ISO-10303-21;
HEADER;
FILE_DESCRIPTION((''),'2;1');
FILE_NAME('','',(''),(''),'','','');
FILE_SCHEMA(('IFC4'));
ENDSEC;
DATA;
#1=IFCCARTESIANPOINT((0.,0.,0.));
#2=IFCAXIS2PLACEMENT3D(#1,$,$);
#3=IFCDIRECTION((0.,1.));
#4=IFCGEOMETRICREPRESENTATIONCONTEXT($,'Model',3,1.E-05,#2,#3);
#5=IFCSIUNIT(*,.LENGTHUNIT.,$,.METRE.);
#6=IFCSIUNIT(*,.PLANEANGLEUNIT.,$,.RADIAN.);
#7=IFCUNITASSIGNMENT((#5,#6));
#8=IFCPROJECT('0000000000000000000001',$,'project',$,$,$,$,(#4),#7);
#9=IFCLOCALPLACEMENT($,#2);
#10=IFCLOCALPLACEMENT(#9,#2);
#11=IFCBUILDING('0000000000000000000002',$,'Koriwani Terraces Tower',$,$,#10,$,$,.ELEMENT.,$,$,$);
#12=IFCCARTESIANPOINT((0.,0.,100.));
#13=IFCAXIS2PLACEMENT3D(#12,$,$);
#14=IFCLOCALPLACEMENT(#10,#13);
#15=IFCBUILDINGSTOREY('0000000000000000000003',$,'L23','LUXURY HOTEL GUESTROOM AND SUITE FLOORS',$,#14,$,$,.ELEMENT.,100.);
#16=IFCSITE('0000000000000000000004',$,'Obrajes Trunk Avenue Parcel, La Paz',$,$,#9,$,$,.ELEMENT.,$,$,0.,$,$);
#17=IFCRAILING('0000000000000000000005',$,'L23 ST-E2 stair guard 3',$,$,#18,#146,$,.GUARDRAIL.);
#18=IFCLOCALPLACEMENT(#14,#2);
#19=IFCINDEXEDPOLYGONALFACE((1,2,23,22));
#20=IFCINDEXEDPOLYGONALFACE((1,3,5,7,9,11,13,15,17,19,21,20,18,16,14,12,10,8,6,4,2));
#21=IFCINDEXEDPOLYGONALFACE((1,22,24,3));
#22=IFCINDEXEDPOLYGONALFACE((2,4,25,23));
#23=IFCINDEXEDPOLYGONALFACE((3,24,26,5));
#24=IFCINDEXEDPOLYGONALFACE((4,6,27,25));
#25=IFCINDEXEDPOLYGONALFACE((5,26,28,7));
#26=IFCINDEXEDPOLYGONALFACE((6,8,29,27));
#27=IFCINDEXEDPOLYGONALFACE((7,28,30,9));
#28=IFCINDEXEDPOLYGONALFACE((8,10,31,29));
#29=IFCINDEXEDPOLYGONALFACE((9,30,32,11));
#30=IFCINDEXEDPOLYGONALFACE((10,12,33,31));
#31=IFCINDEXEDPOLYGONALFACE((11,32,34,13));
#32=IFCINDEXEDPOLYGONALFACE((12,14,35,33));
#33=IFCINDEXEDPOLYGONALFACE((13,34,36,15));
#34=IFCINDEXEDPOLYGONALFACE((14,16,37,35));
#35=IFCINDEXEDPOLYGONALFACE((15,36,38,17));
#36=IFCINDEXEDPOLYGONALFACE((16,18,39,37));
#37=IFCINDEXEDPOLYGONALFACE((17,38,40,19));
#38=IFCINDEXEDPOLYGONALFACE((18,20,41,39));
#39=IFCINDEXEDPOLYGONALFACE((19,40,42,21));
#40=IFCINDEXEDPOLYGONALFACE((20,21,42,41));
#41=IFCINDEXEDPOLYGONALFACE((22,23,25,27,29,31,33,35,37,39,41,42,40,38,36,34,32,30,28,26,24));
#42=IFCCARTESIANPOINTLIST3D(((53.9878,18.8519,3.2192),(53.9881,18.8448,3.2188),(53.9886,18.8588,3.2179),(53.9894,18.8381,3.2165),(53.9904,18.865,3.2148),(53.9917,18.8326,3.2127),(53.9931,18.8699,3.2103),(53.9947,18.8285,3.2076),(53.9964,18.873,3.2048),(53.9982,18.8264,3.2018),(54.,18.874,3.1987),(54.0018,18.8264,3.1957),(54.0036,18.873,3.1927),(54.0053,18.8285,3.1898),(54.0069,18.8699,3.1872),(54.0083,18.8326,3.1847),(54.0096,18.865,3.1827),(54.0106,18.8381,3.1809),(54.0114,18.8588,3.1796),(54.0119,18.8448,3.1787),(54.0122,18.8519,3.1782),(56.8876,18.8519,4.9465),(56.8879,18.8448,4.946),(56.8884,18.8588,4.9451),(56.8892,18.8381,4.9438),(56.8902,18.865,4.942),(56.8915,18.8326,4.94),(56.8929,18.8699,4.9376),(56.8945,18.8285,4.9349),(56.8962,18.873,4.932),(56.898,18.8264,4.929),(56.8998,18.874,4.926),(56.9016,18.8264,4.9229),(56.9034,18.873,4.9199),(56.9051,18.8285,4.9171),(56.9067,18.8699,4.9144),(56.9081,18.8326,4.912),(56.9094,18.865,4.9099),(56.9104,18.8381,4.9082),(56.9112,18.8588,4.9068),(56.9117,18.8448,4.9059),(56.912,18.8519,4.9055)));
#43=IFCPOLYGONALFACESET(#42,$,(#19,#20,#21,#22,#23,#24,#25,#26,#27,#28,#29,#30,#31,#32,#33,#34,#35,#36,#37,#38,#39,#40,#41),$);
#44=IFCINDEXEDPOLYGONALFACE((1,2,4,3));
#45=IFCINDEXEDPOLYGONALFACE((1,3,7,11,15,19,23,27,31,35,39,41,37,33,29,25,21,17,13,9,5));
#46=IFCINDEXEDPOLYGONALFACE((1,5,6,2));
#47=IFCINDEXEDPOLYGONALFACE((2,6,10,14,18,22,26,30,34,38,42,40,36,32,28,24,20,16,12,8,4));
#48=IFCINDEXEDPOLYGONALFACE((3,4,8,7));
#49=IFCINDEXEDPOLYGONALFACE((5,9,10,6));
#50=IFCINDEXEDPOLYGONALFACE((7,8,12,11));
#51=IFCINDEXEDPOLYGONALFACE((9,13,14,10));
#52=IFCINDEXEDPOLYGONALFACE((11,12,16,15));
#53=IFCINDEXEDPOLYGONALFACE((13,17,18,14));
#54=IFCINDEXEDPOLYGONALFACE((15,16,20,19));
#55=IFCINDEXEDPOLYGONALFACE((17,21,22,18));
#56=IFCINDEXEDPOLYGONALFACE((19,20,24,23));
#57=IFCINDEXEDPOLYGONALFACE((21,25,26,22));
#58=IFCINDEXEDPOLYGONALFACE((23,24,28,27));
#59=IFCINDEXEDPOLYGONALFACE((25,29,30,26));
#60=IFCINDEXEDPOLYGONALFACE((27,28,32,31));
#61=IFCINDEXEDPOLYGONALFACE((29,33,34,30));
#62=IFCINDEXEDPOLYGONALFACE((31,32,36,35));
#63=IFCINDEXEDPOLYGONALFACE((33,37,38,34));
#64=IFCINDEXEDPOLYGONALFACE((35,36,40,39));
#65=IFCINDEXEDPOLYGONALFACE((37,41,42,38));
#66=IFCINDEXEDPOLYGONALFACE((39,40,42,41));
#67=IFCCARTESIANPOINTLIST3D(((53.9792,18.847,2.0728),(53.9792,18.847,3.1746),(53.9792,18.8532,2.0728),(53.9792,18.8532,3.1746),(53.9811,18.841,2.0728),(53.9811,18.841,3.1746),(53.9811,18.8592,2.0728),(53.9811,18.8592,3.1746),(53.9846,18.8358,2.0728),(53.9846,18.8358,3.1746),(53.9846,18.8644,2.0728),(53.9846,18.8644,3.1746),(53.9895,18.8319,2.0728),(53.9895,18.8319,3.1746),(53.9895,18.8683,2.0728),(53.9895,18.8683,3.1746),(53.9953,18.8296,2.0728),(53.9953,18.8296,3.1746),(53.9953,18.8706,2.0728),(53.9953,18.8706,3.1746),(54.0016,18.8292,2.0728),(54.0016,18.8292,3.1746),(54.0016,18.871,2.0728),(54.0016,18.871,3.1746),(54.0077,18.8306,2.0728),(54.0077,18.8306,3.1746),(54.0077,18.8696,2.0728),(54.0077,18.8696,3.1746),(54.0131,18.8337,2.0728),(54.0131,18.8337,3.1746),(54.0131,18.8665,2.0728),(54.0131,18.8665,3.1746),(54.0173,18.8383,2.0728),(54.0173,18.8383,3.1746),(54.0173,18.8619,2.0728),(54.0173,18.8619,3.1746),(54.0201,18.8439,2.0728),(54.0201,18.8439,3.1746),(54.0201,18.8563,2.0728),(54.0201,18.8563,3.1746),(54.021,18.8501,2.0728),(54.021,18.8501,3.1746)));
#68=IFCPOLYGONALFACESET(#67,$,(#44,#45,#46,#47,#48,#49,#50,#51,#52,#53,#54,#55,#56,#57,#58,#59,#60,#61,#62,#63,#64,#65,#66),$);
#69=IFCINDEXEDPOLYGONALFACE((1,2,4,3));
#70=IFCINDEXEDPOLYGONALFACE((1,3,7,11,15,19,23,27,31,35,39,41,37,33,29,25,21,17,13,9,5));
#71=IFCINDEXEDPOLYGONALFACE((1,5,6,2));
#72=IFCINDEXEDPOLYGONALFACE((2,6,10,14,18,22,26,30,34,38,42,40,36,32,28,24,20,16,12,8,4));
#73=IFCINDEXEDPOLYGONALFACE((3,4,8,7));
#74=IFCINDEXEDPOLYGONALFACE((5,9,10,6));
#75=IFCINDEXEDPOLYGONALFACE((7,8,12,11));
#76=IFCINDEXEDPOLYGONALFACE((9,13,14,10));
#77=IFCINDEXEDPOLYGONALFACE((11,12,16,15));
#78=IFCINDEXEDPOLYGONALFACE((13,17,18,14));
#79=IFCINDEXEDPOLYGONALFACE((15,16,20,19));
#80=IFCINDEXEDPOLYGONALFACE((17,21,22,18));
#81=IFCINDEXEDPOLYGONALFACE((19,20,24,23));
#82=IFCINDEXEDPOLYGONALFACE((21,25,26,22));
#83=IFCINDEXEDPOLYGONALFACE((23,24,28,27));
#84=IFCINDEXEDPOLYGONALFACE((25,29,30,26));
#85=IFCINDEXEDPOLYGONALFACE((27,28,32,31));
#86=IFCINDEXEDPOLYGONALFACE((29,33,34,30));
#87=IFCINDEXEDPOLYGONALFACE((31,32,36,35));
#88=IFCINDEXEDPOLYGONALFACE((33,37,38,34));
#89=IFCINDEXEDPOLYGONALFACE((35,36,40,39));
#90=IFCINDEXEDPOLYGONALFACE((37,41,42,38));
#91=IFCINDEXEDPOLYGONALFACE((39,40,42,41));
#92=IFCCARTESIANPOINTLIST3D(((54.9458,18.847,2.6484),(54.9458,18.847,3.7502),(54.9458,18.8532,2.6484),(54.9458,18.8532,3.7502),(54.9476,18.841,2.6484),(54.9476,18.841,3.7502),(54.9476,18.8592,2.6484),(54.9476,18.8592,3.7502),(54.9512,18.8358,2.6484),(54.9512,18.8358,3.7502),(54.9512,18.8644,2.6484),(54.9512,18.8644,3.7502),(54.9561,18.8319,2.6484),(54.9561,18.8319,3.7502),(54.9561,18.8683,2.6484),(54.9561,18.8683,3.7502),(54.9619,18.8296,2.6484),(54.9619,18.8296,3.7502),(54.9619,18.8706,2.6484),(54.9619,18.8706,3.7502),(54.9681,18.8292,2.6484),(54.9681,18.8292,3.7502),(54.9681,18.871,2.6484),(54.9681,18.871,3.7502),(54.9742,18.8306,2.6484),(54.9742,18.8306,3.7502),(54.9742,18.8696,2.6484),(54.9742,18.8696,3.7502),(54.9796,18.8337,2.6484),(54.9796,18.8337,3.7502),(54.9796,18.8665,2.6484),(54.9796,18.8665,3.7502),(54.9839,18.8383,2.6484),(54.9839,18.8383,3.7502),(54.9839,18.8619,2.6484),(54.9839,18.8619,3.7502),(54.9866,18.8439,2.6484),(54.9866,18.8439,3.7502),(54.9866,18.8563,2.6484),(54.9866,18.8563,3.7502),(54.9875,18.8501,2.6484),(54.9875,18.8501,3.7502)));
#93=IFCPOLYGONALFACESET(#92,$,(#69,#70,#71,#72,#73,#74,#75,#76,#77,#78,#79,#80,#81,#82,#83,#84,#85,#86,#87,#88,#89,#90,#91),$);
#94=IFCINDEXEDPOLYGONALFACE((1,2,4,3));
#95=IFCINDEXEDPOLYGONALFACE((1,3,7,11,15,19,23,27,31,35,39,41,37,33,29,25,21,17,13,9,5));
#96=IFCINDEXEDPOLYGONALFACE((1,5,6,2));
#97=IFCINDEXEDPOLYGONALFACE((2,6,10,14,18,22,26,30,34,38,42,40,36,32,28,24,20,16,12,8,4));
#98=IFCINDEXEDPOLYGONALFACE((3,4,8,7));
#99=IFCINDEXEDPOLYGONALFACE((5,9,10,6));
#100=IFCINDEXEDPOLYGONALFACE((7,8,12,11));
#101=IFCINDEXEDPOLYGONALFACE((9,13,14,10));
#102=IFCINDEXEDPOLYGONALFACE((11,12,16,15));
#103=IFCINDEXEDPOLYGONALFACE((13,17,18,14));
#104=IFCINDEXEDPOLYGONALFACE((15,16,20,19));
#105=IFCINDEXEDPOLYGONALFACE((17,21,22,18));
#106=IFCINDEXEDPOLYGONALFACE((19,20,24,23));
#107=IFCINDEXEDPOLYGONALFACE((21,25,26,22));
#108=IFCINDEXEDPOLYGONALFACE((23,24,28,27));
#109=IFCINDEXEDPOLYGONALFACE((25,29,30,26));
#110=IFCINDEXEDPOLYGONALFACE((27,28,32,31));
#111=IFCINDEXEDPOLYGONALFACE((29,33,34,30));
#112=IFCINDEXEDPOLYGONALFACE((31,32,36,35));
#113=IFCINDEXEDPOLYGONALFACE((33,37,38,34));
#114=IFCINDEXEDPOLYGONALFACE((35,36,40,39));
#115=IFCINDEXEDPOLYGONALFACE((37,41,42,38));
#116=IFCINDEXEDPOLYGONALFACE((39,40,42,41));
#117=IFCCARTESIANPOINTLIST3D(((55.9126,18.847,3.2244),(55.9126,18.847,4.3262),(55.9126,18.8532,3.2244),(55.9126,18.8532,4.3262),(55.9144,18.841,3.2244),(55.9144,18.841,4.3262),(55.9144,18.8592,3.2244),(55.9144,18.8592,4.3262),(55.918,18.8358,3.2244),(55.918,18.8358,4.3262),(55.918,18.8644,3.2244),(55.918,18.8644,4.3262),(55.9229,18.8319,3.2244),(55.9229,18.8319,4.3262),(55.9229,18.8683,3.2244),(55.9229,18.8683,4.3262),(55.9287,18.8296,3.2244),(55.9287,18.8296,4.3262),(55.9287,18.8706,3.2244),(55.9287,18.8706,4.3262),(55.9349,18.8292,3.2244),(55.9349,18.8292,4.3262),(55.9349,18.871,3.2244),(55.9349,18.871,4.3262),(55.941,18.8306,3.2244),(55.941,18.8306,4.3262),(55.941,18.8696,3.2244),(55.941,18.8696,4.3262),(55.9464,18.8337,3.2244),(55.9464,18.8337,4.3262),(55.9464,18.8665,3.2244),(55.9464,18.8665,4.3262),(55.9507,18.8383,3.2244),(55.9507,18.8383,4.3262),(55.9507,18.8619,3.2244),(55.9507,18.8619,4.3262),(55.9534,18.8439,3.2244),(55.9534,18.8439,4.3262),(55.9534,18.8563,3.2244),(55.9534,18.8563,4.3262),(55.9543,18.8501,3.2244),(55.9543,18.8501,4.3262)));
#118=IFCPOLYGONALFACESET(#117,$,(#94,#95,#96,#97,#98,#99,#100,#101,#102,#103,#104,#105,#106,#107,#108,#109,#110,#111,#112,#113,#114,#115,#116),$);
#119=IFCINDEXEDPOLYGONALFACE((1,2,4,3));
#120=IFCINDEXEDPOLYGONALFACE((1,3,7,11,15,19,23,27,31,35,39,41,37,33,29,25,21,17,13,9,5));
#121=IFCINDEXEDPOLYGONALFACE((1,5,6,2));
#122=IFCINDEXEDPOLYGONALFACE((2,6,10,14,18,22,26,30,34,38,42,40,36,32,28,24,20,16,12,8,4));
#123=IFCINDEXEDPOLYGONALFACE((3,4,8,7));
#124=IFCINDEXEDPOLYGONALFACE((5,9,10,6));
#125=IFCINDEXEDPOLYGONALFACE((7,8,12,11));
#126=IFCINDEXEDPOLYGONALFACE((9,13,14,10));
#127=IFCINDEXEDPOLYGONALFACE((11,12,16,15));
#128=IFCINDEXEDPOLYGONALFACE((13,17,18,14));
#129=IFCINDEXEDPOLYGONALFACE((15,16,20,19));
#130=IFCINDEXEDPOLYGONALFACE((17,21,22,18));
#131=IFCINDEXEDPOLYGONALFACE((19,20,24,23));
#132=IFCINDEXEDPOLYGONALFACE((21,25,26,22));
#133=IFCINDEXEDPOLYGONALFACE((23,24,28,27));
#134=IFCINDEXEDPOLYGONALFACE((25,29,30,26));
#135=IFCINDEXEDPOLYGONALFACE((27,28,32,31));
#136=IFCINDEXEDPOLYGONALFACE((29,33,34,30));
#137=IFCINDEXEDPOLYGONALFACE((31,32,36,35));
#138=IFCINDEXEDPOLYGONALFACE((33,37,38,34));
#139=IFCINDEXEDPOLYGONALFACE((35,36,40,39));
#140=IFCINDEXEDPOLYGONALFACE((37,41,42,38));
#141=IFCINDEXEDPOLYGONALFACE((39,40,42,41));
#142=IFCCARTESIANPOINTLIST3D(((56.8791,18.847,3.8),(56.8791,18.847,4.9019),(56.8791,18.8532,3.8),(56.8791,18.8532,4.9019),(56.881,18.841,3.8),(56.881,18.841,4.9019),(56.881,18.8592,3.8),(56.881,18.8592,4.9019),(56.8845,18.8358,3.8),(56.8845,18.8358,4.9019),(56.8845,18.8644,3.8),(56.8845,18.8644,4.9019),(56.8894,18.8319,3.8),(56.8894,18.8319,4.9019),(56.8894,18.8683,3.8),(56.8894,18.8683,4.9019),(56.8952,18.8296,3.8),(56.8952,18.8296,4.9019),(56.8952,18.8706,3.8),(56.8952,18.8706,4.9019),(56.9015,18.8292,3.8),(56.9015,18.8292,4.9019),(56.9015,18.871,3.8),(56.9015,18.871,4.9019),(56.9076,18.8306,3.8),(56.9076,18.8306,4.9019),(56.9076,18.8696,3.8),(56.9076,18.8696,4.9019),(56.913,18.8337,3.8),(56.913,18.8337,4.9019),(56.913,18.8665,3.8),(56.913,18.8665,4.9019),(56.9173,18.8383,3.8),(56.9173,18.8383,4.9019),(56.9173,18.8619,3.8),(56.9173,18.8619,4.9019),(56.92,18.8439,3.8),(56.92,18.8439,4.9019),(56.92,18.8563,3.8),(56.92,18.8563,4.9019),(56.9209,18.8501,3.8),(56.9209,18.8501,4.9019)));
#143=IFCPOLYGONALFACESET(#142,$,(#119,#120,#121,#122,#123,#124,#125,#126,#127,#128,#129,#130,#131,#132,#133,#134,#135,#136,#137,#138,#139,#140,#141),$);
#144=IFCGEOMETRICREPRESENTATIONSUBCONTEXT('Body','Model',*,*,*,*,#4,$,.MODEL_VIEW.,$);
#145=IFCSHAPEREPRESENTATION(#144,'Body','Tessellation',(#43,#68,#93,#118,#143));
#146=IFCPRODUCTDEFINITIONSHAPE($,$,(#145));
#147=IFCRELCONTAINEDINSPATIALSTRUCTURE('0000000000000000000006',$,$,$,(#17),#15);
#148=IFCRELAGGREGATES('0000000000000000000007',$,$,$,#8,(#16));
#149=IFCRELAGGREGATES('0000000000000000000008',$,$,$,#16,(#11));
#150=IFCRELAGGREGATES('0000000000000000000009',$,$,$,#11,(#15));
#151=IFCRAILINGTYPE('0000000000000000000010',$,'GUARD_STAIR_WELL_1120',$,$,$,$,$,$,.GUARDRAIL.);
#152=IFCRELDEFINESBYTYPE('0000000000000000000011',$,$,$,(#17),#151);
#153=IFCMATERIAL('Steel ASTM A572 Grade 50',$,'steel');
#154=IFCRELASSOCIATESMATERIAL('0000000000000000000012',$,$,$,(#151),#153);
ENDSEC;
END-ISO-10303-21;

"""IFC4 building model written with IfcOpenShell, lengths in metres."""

from ifc_helpers import new_model, si_unit, direction, frame, origin, origin_2d, place, context, subcontext, project, spatial, circle, extrude, material, type_object, element, save


model = new_model("IFC4")

# Units and contexts
model_context = context("Model", 3, precision=1e-05, world=origin(), true_north=direction((0.0, 1.0)))
body_context = subcontext(model_context, "Body", "Model", "MODEL_VIEW")
ifc_project = project(units=[si_unit("LENGTHUNIT", "METRE"), si_unit("PLANEANGLEUNIT", "RADIAN")], contexts=[model_context])

# Site, building, storey
site_placement = place(None, origin())
site = spatial("IfcSite", under=ifc_project, at=site_placement, Name="Obrajes Trunk Avenue Parcel, La Paz", CompositionType="ELEMENT", RefElevation=0.0)
building_placement = place(site_placement, origin())
building = spatial("IfcBuilding", under=site, at=building_placement, Name="Koriwani Terraces Tower", CompositionType="ELEMENT")
storey_placement = place(building_placement, frame((0.0, 0.0, 100.0)))
storey = spatial("IfcBuildingStorey", under=building, at=storey_placement, Name="L23", Description="LUXURY HOTEL GUESTROOM AND SUITE FLOORS", CompositionType="ELEMENT", Elevation=100.0)

# Shared definitions
ifc_material_1 = material(Name="Steel ASTM A572 Grade 50", Category="steel")

# Railing
railing_type_1 = type_object("IfcRailingType", Name="GUARD_STAIR_WELL_1120", PredefinedType="GUARDRAIL", material=ifc_material_1)
railing_1_placement = place(storey_placement, frame((54.0, 18.8501, 2.0728)))
element("IfcRailing", 1, at=railing_1_placement, inside=storey, type_object=railing_type_1, Name="L23 ST-E2 stair guard 3", PredefinedType="GUARDRAIL", context=body_context, shape_type="SweptSolid", body=[
    extrude(circle(Radius=0.0239, at=origin_2d()), frame((0.0, 0.0, 1.126), z_axis=(0.859141, 0.0, 0.511738), x_axis=(0.0, 1.0, 0.0)), (0.0, 0.0, 1.0), 3.3752),
    extrude(circle(Radius=0.021, at=origin_2d()), origin(), (0.0, 0.0, 1.0), 1.1018),
    extrude(circle(Radius=0.021, at=origin_2d()), frame((0.9666, 0.0, 0.5757)), (0.0, 0.0, 1.0), 1.1018),
    extrude(circle(Radius=0.021, at=origin_2d()), frame((1.9333, 0.0, 1.1516)), (0.0, 0.0, 1.0), 1.1018),
    extrude(circle(Radius=0.021, at=origin_2d()), frame((2.8999, 0.0, 1.7273)), (0.0, 0.0, 1.0), 1.1018),
])

save(model, "model.ifc")
